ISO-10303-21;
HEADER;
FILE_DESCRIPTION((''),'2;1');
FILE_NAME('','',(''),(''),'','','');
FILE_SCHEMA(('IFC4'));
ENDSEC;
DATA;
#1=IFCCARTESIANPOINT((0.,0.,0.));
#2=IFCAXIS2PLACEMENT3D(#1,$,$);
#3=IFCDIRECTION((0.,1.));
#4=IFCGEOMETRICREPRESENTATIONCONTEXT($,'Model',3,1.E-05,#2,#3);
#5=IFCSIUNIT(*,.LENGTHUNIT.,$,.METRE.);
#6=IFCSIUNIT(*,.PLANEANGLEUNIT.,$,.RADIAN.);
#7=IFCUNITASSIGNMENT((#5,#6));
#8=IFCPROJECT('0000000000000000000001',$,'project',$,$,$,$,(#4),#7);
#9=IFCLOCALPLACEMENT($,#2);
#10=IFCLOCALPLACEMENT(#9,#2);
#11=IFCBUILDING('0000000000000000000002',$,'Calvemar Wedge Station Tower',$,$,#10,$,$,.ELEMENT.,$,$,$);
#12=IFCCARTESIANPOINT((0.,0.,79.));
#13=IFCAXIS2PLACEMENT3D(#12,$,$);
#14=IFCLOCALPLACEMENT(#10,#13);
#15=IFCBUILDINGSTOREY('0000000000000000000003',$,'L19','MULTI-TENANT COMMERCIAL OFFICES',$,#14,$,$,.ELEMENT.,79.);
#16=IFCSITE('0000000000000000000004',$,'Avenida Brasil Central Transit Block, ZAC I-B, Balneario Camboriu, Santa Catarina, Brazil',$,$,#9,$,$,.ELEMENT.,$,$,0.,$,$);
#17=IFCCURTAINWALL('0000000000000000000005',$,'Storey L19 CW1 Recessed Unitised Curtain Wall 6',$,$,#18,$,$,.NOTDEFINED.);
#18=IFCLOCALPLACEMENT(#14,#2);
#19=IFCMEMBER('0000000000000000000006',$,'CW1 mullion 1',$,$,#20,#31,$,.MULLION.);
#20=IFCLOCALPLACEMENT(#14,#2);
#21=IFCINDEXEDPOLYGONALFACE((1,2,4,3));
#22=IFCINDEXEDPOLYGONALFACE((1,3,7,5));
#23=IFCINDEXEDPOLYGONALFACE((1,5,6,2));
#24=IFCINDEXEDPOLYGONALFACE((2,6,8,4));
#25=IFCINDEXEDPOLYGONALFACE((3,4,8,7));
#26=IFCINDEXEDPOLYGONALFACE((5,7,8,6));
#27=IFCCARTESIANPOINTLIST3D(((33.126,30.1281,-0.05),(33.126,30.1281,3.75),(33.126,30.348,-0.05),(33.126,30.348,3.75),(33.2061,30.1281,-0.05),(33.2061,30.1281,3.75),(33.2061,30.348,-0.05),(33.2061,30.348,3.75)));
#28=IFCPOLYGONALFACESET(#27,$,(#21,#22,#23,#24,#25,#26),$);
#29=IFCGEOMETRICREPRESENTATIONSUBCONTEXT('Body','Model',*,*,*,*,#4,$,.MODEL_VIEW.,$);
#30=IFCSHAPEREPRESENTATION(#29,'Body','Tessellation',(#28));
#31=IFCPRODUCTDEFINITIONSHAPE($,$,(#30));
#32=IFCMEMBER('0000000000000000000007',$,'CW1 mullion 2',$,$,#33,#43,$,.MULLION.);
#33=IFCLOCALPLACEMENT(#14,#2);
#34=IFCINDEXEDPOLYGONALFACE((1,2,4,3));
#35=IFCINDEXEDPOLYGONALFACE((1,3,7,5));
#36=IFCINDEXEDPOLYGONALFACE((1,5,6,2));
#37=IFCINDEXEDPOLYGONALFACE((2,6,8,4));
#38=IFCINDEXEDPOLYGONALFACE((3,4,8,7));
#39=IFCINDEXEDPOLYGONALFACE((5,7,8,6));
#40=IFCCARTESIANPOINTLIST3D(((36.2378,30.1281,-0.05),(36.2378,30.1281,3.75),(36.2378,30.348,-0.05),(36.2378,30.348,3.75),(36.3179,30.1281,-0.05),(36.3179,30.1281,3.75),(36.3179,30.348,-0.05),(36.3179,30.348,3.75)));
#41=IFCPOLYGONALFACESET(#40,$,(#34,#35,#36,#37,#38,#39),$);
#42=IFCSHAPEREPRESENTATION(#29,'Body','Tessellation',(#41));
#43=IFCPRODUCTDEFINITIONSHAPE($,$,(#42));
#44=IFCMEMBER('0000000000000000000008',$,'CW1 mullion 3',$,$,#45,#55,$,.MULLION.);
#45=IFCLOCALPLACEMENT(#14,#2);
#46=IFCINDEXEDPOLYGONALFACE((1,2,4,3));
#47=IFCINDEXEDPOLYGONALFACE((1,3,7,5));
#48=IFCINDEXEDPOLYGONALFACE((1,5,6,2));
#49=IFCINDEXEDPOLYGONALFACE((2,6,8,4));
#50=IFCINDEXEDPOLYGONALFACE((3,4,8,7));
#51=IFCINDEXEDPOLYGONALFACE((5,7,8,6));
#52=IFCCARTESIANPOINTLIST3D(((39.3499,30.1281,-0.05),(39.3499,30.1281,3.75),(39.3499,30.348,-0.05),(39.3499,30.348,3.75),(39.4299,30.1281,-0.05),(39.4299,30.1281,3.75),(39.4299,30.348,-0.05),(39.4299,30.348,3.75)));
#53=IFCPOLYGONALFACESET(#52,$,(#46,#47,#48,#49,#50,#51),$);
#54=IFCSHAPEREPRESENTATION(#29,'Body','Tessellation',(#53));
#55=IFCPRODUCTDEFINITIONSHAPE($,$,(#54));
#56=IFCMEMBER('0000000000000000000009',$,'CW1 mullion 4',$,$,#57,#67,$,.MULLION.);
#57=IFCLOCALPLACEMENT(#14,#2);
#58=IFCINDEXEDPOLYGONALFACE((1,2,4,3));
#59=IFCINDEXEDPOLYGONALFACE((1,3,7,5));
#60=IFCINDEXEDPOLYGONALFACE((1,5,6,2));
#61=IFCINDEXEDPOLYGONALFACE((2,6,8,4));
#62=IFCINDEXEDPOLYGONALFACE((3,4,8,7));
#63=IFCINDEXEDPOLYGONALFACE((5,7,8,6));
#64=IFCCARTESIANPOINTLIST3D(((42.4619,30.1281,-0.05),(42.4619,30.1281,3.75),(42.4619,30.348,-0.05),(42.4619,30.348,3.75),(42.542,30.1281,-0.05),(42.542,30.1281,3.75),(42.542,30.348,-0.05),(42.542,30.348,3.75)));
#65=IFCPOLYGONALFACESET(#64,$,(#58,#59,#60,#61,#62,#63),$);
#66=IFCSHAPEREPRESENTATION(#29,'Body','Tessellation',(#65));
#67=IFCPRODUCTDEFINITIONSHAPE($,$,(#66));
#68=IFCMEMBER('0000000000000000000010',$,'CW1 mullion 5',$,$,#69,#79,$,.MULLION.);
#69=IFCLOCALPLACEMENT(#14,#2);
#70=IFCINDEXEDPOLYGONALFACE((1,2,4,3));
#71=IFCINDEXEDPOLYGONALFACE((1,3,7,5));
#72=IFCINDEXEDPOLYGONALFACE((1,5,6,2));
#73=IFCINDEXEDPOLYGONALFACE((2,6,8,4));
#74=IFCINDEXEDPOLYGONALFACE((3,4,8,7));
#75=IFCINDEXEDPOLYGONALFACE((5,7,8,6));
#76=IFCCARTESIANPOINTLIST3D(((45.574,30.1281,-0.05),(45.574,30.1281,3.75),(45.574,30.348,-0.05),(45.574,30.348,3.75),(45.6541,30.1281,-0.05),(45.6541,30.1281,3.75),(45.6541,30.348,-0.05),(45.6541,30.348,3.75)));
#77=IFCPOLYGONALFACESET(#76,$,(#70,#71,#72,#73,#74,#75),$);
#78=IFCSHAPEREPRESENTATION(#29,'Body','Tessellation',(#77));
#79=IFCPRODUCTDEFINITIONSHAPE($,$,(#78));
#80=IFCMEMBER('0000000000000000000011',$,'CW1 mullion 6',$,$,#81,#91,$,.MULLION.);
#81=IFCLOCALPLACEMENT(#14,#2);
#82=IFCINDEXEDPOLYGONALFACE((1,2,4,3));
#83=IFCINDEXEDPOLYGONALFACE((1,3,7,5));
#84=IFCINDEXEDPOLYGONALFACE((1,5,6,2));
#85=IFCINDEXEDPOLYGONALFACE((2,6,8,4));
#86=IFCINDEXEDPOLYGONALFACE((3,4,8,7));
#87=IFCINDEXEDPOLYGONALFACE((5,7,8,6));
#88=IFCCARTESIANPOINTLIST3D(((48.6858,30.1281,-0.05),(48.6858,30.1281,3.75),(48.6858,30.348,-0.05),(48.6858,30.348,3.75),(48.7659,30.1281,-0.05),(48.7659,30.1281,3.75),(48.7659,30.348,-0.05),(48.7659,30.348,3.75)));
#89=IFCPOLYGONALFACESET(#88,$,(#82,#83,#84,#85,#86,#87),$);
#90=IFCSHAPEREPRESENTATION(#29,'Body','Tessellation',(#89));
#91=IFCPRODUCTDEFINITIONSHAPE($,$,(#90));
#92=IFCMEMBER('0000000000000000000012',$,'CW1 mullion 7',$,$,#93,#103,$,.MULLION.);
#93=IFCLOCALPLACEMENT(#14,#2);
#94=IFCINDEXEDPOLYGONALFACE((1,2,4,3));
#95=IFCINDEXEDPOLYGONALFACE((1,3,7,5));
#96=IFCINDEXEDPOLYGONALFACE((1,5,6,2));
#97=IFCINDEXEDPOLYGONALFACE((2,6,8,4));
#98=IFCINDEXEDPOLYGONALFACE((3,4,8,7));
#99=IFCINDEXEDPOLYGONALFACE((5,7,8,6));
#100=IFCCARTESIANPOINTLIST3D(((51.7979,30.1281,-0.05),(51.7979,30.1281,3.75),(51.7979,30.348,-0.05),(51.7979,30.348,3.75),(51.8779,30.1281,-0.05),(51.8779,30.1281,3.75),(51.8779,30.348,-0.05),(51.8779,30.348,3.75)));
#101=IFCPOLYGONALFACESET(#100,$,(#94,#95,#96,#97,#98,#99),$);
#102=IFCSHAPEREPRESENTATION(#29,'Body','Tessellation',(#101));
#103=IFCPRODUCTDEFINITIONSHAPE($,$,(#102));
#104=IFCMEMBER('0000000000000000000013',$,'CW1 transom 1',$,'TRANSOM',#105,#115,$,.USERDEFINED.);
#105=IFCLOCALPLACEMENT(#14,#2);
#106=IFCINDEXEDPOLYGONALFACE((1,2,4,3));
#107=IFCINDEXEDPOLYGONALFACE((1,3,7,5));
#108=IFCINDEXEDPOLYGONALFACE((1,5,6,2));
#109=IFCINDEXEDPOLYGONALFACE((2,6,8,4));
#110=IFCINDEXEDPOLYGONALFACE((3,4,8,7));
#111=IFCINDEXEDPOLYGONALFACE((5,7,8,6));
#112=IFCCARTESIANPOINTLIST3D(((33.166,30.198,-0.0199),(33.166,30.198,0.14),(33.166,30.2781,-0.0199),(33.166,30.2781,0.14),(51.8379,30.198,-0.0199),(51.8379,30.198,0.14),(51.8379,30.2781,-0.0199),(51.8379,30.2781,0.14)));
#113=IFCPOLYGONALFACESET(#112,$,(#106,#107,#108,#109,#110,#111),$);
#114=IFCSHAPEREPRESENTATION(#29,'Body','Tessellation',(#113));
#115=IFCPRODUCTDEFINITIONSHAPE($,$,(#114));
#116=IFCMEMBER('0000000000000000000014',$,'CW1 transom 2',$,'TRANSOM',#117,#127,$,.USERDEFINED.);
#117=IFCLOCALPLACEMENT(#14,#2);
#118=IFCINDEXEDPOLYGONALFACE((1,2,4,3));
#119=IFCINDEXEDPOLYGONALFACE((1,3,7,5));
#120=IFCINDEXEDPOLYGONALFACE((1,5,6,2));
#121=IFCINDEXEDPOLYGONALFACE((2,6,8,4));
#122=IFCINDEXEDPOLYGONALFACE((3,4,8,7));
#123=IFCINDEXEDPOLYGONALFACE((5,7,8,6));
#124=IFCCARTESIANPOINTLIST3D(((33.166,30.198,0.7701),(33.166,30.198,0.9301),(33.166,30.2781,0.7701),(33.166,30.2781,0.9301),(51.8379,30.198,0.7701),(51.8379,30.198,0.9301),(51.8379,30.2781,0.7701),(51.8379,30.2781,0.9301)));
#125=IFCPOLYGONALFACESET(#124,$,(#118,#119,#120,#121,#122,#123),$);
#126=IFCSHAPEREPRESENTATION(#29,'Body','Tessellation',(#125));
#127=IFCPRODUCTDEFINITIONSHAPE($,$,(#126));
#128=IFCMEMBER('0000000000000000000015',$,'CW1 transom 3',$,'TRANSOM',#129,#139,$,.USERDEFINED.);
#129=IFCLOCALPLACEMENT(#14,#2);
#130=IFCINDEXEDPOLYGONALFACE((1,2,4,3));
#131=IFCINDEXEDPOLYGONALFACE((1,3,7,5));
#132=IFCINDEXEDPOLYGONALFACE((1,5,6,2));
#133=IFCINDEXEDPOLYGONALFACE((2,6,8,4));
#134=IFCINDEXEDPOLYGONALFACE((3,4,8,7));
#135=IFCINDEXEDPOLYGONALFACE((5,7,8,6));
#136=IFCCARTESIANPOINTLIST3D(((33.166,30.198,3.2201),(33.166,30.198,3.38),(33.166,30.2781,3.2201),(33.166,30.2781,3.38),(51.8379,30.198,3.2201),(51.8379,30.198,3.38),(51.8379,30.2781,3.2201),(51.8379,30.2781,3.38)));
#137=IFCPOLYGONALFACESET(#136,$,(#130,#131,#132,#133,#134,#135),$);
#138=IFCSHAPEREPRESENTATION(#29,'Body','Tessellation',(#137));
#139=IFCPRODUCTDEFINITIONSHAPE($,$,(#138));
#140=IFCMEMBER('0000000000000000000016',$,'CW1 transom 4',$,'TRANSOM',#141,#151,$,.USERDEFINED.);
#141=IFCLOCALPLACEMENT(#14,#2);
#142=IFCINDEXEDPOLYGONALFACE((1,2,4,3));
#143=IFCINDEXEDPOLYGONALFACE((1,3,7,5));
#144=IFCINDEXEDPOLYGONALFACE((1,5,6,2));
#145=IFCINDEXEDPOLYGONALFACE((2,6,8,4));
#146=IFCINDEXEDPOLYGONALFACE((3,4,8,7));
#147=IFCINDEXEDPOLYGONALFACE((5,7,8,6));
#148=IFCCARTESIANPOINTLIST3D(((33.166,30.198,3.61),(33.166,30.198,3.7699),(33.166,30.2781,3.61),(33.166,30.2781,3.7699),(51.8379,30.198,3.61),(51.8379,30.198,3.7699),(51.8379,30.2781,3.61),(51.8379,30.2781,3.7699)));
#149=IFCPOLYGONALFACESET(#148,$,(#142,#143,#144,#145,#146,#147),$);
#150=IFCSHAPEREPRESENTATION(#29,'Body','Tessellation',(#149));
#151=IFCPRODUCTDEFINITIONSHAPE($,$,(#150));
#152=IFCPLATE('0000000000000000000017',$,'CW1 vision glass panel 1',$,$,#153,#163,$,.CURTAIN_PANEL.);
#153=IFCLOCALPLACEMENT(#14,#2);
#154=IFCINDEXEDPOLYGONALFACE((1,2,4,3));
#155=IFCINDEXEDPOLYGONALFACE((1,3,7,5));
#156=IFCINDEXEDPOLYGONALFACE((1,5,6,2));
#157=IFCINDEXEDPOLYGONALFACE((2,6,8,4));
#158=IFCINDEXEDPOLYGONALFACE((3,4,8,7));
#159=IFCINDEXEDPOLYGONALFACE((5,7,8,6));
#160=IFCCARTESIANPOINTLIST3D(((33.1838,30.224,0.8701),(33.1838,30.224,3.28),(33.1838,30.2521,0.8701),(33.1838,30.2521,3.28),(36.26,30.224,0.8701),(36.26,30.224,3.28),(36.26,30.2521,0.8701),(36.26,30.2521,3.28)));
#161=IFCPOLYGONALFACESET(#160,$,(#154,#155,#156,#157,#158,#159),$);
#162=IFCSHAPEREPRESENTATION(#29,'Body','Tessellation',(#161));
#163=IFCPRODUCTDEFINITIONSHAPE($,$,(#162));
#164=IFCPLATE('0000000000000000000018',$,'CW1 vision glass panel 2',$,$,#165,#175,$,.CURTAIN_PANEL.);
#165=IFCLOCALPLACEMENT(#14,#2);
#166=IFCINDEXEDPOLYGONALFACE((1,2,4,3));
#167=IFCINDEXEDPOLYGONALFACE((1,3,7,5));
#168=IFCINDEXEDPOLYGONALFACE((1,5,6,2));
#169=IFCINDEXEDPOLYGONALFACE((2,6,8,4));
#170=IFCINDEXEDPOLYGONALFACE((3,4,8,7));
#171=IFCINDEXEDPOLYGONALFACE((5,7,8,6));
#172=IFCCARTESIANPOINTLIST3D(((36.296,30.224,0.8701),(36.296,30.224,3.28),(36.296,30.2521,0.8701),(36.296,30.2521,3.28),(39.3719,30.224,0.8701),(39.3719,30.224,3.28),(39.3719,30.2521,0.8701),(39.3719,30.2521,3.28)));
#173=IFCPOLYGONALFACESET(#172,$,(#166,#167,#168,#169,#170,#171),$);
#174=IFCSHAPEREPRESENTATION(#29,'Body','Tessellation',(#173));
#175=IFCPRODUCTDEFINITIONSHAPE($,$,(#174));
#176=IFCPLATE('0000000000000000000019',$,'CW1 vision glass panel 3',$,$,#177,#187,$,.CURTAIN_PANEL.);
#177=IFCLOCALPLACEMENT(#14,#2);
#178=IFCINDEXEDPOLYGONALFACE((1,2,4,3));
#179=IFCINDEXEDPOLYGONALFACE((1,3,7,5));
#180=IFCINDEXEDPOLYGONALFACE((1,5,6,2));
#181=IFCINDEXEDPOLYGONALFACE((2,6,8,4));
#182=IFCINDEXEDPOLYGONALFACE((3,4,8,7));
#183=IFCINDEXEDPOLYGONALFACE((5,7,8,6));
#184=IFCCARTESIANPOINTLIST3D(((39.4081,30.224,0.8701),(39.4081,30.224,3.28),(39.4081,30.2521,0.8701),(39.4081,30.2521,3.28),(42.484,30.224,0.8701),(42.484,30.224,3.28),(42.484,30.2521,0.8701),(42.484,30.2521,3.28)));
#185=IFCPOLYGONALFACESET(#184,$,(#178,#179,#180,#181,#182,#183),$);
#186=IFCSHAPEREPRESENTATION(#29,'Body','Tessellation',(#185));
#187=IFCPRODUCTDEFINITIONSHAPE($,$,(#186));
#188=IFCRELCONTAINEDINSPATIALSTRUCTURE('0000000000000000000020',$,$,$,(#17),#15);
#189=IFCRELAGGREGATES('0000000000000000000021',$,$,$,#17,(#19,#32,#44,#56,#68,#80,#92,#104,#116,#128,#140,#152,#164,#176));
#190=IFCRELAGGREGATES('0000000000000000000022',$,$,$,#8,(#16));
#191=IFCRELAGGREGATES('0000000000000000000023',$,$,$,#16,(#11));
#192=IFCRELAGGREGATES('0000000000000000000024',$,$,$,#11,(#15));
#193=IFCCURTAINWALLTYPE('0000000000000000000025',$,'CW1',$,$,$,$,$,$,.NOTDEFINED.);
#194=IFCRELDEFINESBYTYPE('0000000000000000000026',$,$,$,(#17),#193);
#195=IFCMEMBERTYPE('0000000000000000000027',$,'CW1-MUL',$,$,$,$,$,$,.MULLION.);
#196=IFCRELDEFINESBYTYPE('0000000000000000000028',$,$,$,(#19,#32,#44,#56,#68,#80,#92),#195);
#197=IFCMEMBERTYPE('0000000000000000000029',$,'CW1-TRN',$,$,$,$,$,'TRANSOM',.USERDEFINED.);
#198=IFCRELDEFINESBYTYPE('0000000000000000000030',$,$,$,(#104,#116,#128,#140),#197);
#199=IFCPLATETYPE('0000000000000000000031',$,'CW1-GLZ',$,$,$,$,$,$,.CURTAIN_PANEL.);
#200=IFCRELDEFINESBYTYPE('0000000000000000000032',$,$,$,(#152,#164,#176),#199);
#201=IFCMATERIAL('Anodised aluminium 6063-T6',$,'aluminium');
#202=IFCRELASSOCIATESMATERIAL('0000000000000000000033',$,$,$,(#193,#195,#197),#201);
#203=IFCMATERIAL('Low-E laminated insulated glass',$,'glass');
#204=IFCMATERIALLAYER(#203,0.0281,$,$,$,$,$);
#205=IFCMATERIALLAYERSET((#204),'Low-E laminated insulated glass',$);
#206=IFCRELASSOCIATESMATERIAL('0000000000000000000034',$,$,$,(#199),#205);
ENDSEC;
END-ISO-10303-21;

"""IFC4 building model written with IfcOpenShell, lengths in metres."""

from ifc_helpers import new_model, si_unit, direction, frame, frame_2d, origin, origin_2d, place, context, subcontext, project, spatial, rectangle, extrude, source, transform, mapped, material, layer, layer_set, material_profile, profile_set, type_object, element, aggregate, save


model = new_model("IFC4")

# Units and contexts
model_context = context("Model", 3, precision=1e-05, world=origin(), true_north=direction((0.0, 1.0)))
body_context = subcontext(model_context, "Body", "Model", "MODEL_VIEW")
ifc_project = project(units=[si_unit("LENGTHUNIT", "METRE"), si_unit("PLANEANGLEUNIT", "RADIAN")], contexts=[model_context])

# Site, building, storey
site_placement = place(None, origin())
site = spatial("IfcSite", under=ifc_project, at=site_placement, Name="Avenida Brasil Central Transit Block, ZAC I-B, Balneario Camboriu, Santa Catarina, Brazil", CompositionType="ELEMENT", RefElevation=0.0)
building_placement = place(site_placement, origin())
building = spatial("IfcBuilding", under=site, at=building_placement, Name="Calvemar Wedge Station Tower", CompositionType="ELEMENT")
storey_placement = place(building_placement, frame((0.0, 0.0, 79.0)))
storey = spatial("IfcBuildingStorey", under=building, at=storey_placement, Name="L19", Description="MULTI-TENANT COMMERCIAL OFFICES", CompositionType="ELEMENT", Elevation=79.0)

# Curtain wall, members, plates
ifc_material_1 = material(Name="Anodised aluminium 6063-T6", Category="aluminium")
curtain_wall_type = type_object("IfcCurtainWallType", Name="CW1", PredefinedType="NOTDEFINED", material=ifc_material_1)
curtain_wall_placement = place(storey_placement, origin())
curtain_wall = element("IfcCurtainWall", 1, at=curtain_wall_placement, inside=storey, type_object=curtain_wall_type, Name="Storey L19 CW1 Recessed Unitised Curtain Wall 6", PredefinedType="NOTDEFINED")
ifc_material_profile_1 = material_profile(ifc_material_1, rectangle(XDim=0.0801, YDim=0.22, at=origin_2d()), Name="AL-MUL-80x220")
ifc_profile_set_1 = profile_set([ifc_material_profile_1], Name="Anodised aluminium 6063-T6")
member_type_1 = type_object("IfcMemberType", Name="CW1-MUL", PredefinedType="MULLION", material=ifc_profile_set_1)
shared_shape_1 = source(origin(), body_context, "Body", "SweptSolid", [
    extrude(rectangle(XDim=0.0801, YDim=0.22, at=origin_2d()), origin(), (0.0, 0.0, 1.0), 3.8),
])
member_1_placement = place(storey_placement, frame((33.166, 30.238, -0.05), z_axis=(0.0, 0.0, 1.0), x_axis=(1.0, 0.0, 0.0)))
member_1 = element("IfcMember", 2, at=member_1_placement, type_object=member_type_1, Name="CW1 mullion 1", PredefinedType="MULLION", context=body_context, shape_type="MappedRepresentation", body=[
    mapped(shared_shape_1, transform((0.0, 0.0, 0.0), scale=1.0)),
])
member_2_placement = place(storey_placement, frame((36.2778, 30.238, -0.05), z_axis=(0.0, 0.0, 1.0), x_axis=(1.0, 0.0, 0.0)))
member_2 = element("IfcMember", 3, at=member_2_placement, type_object=member_type_1, Name="CW1 mullion 2", PredefinedType="MULLION", context=body_context, shape_type="MappedRepresentation", body=[
    mapped(shared_shape_1, transform((0.0, 0.0, 0.0), scale=1.0)),
])
member_3_placement = place(storey_placement, frame((39.3899, 30.238, -0.05), z_axis=(0.0, 0.0, 1.0), x_axis=(1.0, 0.0, 0.0)))
member_3 = element("IfcMember", 4, at=member_3_placement, type_object=member_type_1, Name="CW1 mullion 3", PredefinedType="MULLION", context=body_context, shape_type="MappedRepresentation", body=[
    mapped(shared_shape_1, transform((0.0, 0.0, 0.0), scale=1.0)),
])
member_4_placement = place(storey_placement, frame((42.502, 30.238, -0.05), z_axis=(0.0, 0.0, 1.0), x_axis=(1.0, 0.0, 0.0)))
member_4 = element("IfcMember", 5, at=member_4_placement, type_object=member_type_1, Name="CW1 mullion 4", PredefinedType="MULLION", context=body_context, shape_type="MappedRepresentation", body=[
    mapped(shared_shape_1, transform((0.0, 0.0, 0.0), scale=1.0)),
])
member_5_placement = place(storey_placement, frame((45.614, 30.238, -0.05), z_axis=(0.0, 0.0, 1.0), x_axis=(1.0, 0.0, 0.0)))
member_5 = element("IfcMember", 6, at=member_5_placement, type_object=member_type_1, Name="CW1 mullion 5", PredefinedType="MULLION", context=body_context, shape_type="MappedRepresentation", body=[
    mapped(shared_shape_1, transform((0.0, 0.0, 0.0), scale=1.0)),
])
member_6_placement = place(storey_placement, frame((48.7258, 30.238, -0.05), z_axis=(0.0, 0.0, 1.0), x_axis=(1.0, 0.0, 0.0)))
member_6 = element("IfcMember", 7, at=member_6_placement, type_object=member_type_1, Name="CW1 mullion 6", PredefinedType="MULLION", context=body_context, shape_type="MappedRepresentation", body=[
    mapped(shared_shape_1, transform((0.0, 0.0, 0.0), scale=1.0)),
])
member_7_placement = place(storey_placement, frame((51.8379, 30.238, -0.05), z_axis=(0.0, 0.0, 1.0), x_axis=(1.0, 0.0, 0.0)))
member_7 = element("IfcMember", 8, at=member_7_placement, type_object=member_type_1, Name="CW1 mullion 7", PredefinedType="MULLION", context=body_context, shape_type="MappedRepresentation", body=[
    mapped(shared_shape_1, transform((0.0, 0.0, 0.0), scale=1.0)),
])
ifc_material_profile_2 = material_profile(ifc_material_1, rectangle(XDim=0.0801, YDim=0.1599, at=origin_2d()), Name="AL-TRN-80x160")
ifc_profile_set_2 = profile_set([ifc_material_profile_2], Name="Anodised aluminium 6063-T6")
member_type_2 = type_object("IfcMemberType", Name="CW1-TRN", ElementType="TRANSOM", PredefinedType="USERDEFINED", material=ifc_profile_set_2)
shared_shape_2 = source(origin(), body_context, "Body", "SweptSolid", [
    extrude(rectangle(XDim=0.0801, YDim=0.1599, at=origin_2d()), origin(), (0.0, 0.0, 1.0), 18.6719),
])
member_8_placement = place(storey_placement, frame((33.166, 30.238, 0.0601), z_axis=(1.0, 0.0, 0.0), x_axis=(0.0, 1.0, 0.0)))
member_8 = element("IfcMember", 9, at=member_8_placement, type_object=member_type_2, Name="CW1 transom 1", ObjectType="TRANSOM", PredefinedType="USERDEFINED", context=body_context, shape_type="MappedRepresentation", body=[
    mapped(shared_shape_2, transform((0.0, 0.0, 0.0), scale=1.0)),
])
member_9_placement = place(storey_placement, frame((33.166, 30.238, 0.8501), z_axis=(1.0, 0.0, 0.0), x_axis=(0.0, 1.0, 0.0)))
member_9 = element("IfcMember", 10, at=member_9_placement, type_object=member_type_2, Name="CW1 transom 2", ObjectType="TRANSOM", PredefinedType="USERDEFINED", context=body_context, shape_type="MappedRepresentation", body=[
    mapped(shared_shape_2, transform((0.0, 0.0, 0.0), scale=1.0)),
])
member_10_placement = place(storey_placement, frame((33.166, 30.238, 3.3), z_axis=(1.0, 0.0, 0.0), x_axis=(0.0, 1.0, 0.0)))
member_10 = element("IfcMember", 11, at=member_10_placement, type_object=member_type_2, Name="CW1 transom 3", ObjectType="TRANSOM", PredefinedType="USERDEFINED", context=body_context, shape_type="MappedRepresentation", body=[
    mapped(shared_shape_2, transform((0.0, 0.0, 0.0), scale=1.0)),
])
member_11_placement = place(storey_placement, frame((33.166, 30.238, 3.6899), z_axis=(1.0, 0.0, 0.0), x_axis=(0.0, 1.0, 0.0)))
member_11 = element("IfcMember", 12, at=member_11_placement, type_object=member_type_2, Name="CW1 transom 4", ObjectType="TRANSOM", PredefinedType="USERDEFINED", context=body_context, shape_type="MappedRepresentation", body=[
    mapped(shared_shape_2, transform((0.0, 0.0, 0.0), scale=1.0)),
])
ifc_material_2 = material(Name="Low-E laminated insulated glass", Category="glass")
ifc_layer_1 = layer(ifc_material_2, 0.0281)
ifc_layer_set_1 = layer_set([ifc_layer_1], Name="Low-E laminated insulated glass")
plate_type_1 = type_object("IfcPlateType", Name="CW1-GLZ", PredefinedType="CURTAIN_PANEL", material=ifc_layer_set_1)
plate_1_placement = place(storey_placement, frame((33.1838, 30.238, 0.8701), z_axis=(0.0, 0.0, 1.0), x_axis=(1.0, 0.0, 0.0)))
plate_1 = element("IfcPlate", 13, at=plate_1_placement, type_object=plate_type_1, Name="CW1 vision glass panel 1", PredefinedType="CURTAIN_PANEL", context=body_context, shape_type="SweptSolid", body=[
    extrude(rectangle(XDim=3.0762, YDim=0.0281, at=frame_2d((1.5381, 0.0))), origin(), (0.0, 0.0, 1.0), 2.4099),
])
plate_2_placement = place(storey_placement, frame((36.2959, 30.238, 0.8701), z_axis=(0.0, 0.0, 1.0), x_axis=(1.0, 0.0, 0.0)))
plate_2 = element("IfcPlate", 14, at=plate_2_placement, type_object=plate_type_1, Name="CW1 vision glass panel 2", PredefinedType="CURTAIN_PANEL", context=body_context, shape_type="SweptSolid", body=[
    extrude(rectangle(XDim=3.0759, YDim=0.0281, at=frame_2d((1.5381, 0.0))), origin(), (0.0, 0.0, 1.0), 2.4099),
])
plate_3_placement = place(storey_placement, frame((39.408, 30.238, 0.8701), z_axis=(0.0, 0.0, 1.0), x_axis=(1.0, 0.0, 0.0)))
plate_3 = element("IfcPlate", 15, at=plate_3_placement, type_object=plate_type_1, Name="CW1 vision glass panel 3", PredefinedType="CURTAIN_PANEL", context=body_context, shape_type="SweptSolid", body=[
    extrude(rectangle(XDim=3.0759, YDim=0.0281, at=frame_2d((1.5381, 0.0))), origin(), (0.0, 0.0, 1.0), 2.4099),
])
aggregate(curtain_wall, [member_1, member_2, member_3, member_4, member_5, member_6, member_7, member_8, member_9, member_10, member_11, plate_1, plate_2, plate_3])

save(model, "model.ifc")
